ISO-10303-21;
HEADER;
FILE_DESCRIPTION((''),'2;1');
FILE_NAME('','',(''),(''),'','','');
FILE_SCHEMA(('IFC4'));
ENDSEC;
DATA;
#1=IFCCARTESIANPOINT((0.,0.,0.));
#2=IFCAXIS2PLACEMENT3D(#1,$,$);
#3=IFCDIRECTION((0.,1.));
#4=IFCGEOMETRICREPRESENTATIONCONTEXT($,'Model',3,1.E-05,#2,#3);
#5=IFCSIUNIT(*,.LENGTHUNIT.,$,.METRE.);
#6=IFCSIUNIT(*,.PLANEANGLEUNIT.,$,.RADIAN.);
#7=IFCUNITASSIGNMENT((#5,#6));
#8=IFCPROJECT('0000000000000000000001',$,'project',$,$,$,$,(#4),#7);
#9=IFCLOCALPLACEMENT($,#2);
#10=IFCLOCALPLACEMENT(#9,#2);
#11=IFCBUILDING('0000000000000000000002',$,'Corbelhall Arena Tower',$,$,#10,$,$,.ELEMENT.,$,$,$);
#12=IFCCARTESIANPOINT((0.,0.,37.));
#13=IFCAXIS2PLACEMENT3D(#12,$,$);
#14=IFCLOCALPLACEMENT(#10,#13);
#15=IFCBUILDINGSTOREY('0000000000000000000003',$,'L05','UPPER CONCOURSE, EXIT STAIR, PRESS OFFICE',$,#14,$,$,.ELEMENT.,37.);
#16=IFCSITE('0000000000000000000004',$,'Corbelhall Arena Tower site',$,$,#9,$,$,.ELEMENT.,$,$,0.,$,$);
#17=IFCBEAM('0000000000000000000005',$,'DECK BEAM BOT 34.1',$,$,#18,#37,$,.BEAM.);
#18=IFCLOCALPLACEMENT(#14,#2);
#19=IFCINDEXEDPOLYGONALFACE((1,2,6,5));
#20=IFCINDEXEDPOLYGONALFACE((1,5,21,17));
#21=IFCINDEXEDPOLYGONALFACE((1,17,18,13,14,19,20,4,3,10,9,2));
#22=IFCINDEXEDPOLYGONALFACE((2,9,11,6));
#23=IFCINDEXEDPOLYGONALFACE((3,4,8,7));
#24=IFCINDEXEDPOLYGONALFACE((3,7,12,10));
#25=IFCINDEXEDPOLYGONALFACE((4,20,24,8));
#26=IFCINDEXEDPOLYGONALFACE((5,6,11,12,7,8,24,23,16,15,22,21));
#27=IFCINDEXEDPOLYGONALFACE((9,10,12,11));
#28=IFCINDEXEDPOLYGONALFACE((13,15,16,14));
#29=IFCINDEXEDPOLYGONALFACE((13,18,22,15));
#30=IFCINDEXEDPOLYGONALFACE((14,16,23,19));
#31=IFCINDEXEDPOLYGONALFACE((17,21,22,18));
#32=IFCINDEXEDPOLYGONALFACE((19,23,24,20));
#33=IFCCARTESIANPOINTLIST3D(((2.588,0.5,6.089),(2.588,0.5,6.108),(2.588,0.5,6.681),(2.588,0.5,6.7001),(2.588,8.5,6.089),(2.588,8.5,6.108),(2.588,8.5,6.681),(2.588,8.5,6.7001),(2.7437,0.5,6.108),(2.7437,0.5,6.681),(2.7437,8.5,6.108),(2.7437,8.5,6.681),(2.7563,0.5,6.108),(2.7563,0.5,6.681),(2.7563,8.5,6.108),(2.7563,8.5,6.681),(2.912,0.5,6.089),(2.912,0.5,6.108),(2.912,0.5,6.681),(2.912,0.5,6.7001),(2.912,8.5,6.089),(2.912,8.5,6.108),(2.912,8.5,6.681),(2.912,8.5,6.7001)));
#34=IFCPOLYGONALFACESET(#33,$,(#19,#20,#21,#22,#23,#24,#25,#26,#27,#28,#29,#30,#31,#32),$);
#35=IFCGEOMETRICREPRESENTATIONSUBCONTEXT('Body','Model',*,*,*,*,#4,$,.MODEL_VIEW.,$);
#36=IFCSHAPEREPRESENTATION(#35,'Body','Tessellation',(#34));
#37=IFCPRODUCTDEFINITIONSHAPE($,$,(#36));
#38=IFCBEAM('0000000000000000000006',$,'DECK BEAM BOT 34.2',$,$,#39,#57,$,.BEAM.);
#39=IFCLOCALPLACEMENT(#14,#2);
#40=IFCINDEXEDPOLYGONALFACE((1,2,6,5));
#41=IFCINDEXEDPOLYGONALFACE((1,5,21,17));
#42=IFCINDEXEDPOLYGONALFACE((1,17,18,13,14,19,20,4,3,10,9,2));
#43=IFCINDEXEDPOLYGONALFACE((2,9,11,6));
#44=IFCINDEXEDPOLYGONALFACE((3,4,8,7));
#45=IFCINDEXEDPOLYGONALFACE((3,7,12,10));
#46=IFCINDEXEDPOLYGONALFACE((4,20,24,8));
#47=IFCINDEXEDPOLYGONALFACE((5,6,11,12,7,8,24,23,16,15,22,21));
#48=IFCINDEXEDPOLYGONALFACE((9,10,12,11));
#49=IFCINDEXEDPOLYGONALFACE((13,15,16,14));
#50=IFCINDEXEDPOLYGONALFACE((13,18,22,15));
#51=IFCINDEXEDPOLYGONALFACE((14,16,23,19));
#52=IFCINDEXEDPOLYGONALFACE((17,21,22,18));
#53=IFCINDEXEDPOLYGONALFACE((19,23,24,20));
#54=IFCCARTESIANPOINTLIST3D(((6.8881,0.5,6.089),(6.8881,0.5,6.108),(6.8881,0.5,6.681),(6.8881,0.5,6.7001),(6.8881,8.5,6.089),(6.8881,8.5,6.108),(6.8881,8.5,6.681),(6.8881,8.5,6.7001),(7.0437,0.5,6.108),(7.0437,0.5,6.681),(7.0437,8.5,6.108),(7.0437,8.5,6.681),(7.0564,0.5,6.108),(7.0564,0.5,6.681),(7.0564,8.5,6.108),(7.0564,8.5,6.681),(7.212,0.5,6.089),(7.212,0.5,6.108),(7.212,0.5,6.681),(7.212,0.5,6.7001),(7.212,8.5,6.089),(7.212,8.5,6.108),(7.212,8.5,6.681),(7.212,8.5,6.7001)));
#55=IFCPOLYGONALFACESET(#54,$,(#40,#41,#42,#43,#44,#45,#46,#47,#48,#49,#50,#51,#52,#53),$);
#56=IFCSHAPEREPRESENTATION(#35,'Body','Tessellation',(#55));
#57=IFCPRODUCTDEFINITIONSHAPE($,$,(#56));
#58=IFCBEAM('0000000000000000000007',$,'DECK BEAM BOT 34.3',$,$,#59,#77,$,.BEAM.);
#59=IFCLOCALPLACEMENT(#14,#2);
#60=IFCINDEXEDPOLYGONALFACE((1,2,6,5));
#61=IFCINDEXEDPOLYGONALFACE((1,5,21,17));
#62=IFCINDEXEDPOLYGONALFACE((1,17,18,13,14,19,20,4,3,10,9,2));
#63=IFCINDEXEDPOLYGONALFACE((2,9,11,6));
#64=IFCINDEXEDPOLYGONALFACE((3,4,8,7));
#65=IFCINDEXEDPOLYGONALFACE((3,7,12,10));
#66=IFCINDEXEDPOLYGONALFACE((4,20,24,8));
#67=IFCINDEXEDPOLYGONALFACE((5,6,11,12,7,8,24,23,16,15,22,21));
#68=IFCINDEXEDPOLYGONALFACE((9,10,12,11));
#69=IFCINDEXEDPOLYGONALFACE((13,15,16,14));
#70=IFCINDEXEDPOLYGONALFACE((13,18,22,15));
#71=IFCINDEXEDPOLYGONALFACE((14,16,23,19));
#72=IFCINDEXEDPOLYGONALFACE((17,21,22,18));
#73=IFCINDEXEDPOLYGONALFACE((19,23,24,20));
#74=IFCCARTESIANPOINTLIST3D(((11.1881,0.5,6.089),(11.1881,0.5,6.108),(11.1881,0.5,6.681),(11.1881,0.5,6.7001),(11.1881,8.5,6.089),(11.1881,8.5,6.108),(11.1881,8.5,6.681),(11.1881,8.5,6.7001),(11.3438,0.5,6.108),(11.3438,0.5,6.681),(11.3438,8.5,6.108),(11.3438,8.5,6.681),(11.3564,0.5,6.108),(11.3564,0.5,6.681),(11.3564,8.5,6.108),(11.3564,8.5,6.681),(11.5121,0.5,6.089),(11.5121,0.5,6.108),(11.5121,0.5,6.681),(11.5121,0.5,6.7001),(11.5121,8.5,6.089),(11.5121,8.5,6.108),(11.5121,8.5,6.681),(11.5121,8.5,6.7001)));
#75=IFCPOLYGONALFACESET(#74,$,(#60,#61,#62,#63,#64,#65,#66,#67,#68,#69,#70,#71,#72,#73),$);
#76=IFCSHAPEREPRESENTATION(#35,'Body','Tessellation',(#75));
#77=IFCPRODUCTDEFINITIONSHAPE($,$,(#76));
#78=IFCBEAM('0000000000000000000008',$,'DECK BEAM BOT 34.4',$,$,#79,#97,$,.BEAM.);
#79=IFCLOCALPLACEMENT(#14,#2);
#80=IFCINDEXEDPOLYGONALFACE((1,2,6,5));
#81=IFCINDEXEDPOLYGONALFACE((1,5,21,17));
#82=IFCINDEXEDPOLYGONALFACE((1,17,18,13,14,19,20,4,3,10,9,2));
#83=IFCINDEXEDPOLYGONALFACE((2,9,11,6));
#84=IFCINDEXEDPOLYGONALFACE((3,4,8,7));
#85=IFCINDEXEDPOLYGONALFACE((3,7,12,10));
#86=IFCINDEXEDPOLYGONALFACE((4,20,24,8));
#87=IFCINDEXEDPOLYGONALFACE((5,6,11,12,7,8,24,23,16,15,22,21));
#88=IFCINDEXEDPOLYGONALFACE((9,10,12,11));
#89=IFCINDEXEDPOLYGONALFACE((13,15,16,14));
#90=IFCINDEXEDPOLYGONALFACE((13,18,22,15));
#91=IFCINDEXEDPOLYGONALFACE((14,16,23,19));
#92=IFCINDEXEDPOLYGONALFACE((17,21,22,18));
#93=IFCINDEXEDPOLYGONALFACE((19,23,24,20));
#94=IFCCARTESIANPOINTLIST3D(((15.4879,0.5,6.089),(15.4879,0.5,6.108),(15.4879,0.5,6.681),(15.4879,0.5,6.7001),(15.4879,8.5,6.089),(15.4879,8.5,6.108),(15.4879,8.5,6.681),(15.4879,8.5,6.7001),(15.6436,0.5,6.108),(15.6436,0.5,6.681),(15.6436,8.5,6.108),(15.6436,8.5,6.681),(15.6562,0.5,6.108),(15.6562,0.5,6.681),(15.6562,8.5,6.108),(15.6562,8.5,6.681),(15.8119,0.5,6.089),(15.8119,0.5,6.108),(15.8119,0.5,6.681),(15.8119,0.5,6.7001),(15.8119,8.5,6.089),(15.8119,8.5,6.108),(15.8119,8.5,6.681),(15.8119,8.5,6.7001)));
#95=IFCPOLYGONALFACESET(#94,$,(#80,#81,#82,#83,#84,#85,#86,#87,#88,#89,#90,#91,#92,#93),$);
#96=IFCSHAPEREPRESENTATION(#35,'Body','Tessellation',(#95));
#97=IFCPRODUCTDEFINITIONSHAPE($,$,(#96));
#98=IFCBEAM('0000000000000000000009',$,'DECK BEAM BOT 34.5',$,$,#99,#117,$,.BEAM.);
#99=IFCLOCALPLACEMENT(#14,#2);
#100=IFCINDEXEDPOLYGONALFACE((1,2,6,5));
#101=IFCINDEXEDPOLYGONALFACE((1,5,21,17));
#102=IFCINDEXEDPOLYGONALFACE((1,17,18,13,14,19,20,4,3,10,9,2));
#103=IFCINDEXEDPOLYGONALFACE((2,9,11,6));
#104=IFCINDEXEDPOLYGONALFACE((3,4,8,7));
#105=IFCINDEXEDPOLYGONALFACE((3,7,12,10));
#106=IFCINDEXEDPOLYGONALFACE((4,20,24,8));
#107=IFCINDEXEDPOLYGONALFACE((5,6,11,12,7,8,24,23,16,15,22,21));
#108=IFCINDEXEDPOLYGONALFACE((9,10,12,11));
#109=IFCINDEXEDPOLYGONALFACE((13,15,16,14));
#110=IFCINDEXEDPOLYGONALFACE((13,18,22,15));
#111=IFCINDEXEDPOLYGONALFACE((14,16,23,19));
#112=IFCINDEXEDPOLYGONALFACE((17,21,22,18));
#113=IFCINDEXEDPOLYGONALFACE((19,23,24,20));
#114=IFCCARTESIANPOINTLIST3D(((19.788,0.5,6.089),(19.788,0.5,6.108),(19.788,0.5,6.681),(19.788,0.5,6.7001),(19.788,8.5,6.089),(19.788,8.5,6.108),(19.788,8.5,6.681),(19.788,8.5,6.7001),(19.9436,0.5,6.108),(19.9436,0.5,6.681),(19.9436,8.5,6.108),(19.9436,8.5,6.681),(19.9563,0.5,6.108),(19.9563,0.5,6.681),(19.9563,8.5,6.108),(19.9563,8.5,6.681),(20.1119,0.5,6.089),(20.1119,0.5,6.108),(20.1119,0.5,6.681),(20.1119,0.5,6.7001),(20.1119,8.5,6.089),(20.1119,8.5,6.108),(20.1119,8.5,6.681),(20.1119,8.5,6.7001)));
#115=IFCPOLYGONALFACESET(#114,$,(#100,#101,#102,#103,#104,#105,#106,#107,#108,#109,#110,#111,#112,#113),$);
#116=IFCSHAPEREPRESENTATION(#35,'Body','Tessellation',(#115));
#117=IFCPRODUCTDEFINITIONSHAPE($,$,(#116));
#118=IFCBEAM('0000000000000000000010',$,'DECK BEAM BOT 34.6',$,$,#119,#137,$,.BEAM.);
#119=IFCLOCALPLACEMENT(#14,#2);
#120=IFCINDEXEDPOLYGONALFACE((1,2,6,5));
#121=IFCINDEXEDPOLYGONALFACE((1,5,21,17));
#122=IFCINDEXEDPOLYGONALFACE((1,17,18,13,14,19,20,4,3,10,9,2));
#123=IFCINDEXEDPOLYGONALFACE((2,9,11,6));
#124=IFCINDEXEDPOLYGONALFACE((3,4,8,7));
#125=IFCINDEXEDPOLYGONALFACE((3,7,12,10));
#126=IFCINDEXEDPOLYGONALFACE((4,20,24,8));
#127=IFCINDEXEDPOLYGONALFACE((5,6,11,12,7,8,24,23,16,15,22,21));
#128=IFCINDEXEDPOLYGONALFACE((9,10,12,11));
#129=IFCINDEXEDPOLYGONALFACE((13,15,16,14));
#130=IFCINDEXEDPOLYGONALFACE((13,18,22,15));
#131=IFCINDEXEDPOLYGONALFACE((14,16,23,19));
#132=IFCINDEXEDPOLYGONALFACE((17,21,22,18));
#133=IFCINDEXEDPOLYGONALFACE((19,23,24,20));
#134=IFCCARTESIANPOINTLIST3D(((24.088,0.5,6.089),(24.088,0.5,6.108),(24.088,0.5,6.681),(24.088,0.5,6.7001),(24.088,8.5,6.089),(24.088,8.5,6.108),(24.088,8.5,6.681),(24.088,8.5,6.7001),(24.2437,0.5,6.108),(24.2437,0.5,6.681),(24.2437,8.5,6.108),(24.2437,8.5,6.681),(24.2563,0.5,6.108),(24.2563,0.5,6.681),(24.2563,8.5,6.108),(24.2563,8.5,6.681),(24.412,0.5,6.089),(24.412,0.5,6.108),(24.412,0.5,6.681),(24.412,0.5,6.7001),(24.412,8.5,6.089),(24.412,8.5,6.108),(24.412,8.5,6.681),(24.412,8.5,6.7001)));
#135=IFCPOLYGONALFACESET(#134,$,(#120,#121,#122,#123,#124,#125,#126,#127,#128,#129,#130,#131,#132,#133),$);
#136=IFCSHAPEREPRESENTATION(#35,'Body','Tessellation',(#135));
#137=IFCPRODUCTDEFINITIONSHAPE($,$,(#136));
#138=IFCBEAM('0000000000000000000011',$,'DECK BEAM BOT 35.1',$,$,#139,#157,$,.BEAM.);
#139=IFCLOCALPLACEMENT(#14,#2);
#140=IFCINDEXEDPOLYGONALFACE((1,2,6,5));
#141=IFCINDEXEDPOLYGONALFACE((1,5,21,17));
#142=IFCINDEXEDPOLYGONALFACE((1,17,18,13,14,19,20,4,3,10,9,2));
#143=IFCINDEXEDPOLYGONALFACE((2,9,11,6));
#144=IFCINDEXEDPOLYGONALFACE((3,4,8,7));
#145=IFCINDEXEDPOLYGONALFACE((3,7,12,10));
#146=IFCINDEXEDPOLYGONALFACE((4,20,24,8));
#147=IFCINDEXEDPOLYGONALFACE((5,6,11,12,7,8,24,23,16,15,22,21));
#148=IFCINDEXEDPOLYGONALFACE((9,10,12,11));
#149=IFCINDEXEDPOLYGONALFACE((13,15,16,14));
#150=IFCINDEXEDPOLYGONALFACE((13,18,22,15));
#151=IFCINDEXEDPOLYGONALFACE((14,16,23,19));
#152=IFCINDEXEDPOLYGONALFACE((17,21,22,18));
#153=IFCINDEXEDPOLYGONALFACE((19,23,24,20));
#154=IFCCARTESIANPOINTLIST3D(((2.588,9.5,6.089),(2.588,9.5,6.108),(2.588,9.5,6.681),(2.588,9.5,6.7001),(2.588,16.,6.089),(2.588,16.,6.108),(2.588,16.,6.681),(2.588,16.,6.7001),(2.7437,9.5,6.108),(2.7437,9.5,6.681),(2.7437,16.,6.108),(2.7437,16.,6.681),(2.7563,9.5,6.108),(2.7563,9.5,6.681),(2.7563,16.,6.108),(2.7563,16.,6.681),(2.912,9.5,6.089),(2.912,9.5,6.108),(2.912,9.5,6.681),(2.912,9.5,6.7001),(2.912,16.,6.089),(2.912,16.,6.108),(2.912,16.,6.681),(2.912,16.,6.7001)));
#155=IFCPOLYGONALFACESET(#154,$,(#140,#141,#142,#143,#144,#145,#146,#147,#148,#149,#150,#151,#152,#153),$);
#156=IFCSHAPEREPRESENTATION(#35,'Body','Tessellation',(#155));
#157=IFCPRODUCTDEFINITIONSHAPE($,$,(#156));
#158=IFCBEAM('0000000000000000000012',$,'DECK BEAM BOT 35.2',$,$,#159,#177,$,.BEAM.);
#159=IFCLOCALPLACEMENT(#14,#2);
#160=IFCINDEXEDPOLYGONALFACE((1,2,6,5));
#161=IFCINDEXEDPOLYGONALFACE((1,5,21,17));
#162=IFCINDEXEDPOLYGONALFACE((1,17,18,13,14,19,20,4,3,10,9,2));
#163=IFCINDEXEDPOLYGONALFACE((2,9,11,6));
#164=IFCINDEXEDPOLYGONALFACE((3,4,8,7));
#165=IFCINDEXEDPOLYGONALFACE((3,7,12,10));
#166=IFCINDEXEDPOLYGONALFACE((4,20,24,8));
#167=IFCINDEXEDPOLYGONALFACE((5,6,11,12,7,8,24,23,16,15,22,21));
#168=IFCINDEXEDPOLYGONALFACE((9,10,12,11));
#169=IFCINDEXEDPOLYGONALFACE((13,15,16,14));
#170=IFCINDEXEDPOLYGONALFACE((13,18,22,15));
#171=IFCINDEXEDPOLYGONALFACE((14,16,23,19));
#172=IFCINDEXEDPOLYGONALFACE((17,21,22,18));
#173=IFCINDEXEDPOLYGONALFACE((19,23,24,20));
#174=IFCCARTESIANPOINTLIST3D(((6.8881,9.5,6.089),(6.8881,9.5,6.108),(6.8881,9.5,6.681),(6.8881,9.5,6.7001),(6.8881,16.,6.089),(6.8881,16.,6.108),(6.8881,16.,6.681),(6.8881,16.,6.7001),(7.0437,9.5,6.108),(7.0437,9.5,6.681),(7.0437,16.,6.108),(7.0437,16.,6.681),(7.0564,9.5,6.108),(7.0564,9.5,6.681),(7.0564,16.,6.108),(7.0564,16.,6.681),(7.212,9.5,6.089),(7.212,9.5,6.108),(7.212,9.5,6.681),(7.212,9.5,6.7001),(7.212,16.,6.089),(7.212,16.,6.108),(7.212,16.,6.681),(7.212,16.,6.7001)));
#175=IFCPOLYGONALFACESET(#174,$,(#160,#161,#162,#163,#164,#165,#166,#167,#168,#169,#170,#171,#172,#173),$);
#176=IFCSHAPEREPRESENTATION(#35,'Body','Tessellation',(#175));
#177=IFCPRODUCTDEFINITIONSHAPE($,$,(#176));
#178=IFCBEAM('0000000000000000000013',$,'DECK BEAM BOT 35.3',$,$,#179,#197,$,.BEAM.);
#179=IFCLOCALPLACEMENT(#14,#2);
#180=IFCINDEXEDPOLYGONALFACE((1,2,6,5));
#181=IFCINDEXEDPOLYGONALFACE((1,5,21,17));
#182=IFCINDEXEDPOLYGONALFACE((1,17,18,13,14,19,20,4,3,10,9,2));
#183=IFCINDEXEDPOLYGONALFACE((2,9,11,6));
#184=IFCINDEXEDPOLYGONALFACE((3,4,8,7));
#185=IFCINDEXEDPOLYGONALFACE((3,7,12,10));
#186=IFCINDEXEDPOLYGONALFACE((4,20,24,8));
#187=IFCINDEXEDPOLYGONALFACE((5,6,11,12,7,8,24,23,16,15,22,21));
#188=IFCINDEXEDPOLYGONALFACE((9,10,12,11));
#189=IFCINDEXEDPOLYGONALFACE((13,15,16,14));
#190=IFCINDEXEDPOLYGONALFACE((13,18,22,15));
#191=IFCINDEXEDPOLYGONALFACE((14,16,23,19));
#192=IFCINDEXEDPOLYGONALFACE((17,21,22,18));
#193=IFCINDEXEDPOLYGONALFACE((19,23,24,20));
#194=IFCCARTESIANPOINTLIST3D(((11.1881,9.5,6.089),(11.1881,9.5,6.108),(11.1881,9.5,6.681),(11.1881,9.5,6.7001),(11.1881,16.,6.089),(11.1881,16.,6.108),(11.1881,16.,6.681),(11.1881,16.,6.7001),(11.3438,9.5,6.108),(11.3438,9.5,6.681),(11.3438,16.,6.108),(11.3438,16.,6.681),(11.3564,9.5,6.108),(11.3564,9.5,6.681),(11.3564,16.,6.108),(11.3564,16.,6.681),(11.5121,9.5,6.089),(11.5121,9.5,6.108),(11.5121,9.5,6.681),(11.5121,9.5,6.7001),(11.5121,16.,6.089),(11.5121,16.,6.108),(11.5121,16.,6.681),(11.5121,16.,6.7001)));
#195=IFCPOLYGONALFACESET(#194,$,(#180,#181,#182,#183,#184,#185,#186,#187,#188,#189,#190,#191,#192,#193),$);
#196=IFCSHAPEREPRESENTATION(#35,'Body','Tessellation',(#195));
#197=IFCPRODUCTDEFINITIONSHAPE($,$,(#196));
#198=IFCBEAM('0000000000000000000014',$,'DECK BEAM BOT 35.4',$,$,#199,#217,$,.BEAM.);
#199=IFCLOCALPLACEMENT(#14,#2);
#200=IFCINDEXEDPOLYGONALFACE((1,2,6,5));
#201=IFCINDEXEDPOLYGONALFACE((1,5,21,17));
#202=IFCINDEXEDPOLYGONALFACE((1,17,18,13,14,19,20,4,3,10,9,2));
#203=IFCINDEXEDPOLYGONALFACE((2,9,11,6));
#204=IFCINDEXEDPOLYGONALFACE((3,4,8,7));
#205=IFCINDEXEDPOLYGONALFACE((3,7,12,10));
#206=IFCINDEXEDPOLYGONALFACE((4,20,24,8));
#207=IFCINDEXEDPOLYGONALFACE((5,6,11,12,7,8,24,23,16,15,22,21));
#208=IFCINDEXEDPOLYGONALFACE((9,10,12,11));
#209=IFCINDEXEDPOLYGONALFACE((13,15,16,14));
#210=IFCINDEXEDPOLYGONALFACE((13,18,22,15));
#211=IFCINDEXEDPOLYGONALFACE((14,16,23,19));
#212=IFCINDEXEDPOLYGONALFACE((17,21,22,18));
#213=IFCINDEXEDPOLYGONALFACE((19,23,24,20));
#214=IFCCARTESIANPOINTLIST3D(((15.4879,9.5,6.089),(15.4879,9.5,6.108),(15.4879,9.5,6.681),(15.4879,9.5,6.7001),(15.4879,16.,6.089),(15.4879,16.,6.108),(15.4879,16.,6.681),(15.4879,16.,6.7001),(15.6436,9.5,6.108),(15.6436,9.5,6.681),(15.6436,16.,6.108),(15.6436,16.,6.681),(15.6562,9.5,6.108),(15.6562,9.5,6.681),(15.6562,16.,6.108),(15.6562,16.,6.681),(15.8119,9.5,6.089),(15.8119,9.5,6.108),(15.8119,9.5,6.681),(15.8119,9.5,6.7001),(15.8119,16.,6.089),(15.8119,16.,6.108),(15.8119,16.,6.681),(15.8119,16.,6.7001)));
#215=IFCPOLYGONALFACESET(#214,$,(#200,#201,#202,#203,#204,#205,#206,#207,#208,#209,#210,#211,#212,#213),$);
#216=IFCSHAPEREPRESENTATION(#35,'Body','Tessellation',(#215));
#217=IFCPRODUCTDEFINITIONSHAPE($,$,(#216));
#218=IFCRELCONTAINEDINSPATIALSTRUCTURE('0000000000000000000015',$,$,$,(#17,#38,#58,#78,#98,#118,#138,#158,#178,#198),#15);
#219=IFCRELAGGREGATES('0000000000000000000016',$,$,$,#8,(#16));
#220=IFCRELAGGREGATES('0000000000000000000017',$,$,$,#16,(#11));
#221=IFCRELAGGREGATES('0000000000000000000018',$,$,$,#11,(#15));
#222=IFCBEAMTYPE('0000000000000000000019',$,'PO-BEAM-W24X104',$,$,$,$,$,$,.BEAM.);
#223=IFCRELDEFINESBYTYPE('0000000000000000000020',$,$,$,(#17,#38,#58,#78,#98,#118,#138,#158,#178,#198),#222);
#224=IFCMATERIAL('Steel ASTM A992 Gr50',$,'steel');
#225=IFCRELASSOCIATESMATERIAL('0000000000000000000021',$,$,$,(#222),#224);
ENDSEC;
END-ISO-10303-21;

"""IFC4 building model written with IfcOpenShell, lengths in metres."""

from ifc_helpers import new_model, si_unit, direction, frame, origin, origin_2d, place, context, subcontext, project, spatial, i_section, extrude, material, material_profile, profile_set, type_object, element, save


model = new_model("IFC4")

# Units and contexts
model_context = context("Model", 3, precision=1e-05, world=origin(), true_north=direction((0.0, 1.0)))
body_context = subcontext(model_context, "Body", "Model", "MODEL_VIEW")
ifc_project = project(units=[si_unit("LENGTHUNIT", "METRE"), si_unit("PLANEANGLEUNIT", "RADIAN")], contexts=[model_context])

# Site, building, storey
site_placement = place(None, origin())
site = spatial("IfcSite", under=ifc_project, at=site_placement, Name="Corbelhall Arena Tower site", CompositionType="ELEMENT", RefElevation=0.0)
building_placement = place(site_placement, origin())
building = spatial("IfcBuilding", under=site, at=building_placement, Name="Corbelhall Arena Tower", CompositionType="ELEMENT")
storey_placement = place(building_placement, frame((0.0, 0.0, 37.0)))
storey = spatial("IfcBuildingStorey", under=building, at=storey_placement, Name="L05", Description="UPPER CONCOURSE, EXIT STAIR, PRESS OFFICE", CompositionType="ELEMENT", Elevation=37.0)

# Beams
ifc_material_1 = material(Name="Steel ASTM A992 Gr50", Category="steel")
ifc_material_profile_1 = material_profile(ifc_material_1, i_section(OverallWidth=0.324, OverallDepth=0.6111, WebThickness=0.0127, FlangeThickness=0.019, at=origin_2d()))
ifc_profile_set_1 = profile_set([ifc_material_profile_1], Name="Steel ASTM A992 Gr50")
beam_type_1 = type_object("IfcBeamType", Name="PO-BEAM-W24X104", PredefinedType="BEAM", material=ifc_profile_set_1)
for number, where, z_axis, x_axis, name in (
    (1, (2.75, 0.5, 6.3945), (0.0, 1.0, 0.0), (-1.0, 0.0, 0.0), "DECK BEAM BOT 34.1"),
    (2, (7.05, 0.5, 6.3945), (0.0, 1.0, 0.0), (-1.0, 0.0, 0.0), "DECK BEAM BOT 34.2"),
    (3, (11.3501, 0.5, 6.3945), (0.0, 1.0, 0.0), (-1.0, 0.0, 0.0), "DECK BEAM BOT 34.3"),
    (4, (15.6499, 0.5, 6.3945), (0.0, 1.0, 0.0), (-1.0, 0.0, 0.0), "DECK BEAM BOT 34.4"),
    (5, (19.95, 0.5, 6.3945), (0.0, 1.0, 0.0), (-1.0, 0.0, 0.0), "DECK BEAM BOT 34.5"),
    (6, (24.25, 0.5, 6.3945), (0.0, 1.0, 0.0), (-1.0, 0.0, 0.0), "DECK BEAM BOT 34.6"),
):
    element("IfcBeam", number, at=place(storey_placement, frame(where, z_axis=z_axis, x_axis=x_axis)), inside=storey, type_object=beam_type_1, Name=name, PredefinedType="BEAM", context=body_context, shape_type="SweptSolid", body=[
        extrude(i_section(OverallWidth=0.324, OverallDepth=0.6111, WebThickness=0.0127, FlangeThickness=0.019, at=origin_2d()), origin(), (0.0, 0.0, 1.0), 8.0),
    ])
for number, where, z_axis, x_axis, name in (
    (7, (2.75, 9.5, 6.3945), (0.0, 1.0, 0.0), (-1.0, 0.0, 0.0), "DECK BEAM BOT 35.1"),
    (8, (7.05, 9.5, 6.3945), (0.0, 1.0, 0.0), (-1.0, 0.0, 0.0), "DECK BEAM BOT 35.2"),
    (9, (11.3501, 9.5, 6.3945), (0.0, 1.0, 0.0), (-1.0, 0.0, 0.0), "DECK BEAM BOT 35.3"),
    (10, (15.6499, 9.5, 6.3945), (0.0, 1.0, 0.0), (-1.0, 0.0, 0.0), "DECK BEAM BOT 35.4"),
):
    element("IfcBeam", number, at=place(storey_placement, frame(where, z_axis=z_axis, x_axis=x_axis)), inside=storey, type_object=beam_type_1, Name=name, PredefinedType="BEAM", context=body_context, shape_type="SweptSolid", body=[
        extrude(i_section(OverallWidth=0.324, OverallDepth=0.6111, WebThickness=0.0127, FlangeThickness=0.019, at=origin_2d()), origin(), (0.0, 0.0, 1.0), 6.5),
    ])

save(model, "model.ifc")
